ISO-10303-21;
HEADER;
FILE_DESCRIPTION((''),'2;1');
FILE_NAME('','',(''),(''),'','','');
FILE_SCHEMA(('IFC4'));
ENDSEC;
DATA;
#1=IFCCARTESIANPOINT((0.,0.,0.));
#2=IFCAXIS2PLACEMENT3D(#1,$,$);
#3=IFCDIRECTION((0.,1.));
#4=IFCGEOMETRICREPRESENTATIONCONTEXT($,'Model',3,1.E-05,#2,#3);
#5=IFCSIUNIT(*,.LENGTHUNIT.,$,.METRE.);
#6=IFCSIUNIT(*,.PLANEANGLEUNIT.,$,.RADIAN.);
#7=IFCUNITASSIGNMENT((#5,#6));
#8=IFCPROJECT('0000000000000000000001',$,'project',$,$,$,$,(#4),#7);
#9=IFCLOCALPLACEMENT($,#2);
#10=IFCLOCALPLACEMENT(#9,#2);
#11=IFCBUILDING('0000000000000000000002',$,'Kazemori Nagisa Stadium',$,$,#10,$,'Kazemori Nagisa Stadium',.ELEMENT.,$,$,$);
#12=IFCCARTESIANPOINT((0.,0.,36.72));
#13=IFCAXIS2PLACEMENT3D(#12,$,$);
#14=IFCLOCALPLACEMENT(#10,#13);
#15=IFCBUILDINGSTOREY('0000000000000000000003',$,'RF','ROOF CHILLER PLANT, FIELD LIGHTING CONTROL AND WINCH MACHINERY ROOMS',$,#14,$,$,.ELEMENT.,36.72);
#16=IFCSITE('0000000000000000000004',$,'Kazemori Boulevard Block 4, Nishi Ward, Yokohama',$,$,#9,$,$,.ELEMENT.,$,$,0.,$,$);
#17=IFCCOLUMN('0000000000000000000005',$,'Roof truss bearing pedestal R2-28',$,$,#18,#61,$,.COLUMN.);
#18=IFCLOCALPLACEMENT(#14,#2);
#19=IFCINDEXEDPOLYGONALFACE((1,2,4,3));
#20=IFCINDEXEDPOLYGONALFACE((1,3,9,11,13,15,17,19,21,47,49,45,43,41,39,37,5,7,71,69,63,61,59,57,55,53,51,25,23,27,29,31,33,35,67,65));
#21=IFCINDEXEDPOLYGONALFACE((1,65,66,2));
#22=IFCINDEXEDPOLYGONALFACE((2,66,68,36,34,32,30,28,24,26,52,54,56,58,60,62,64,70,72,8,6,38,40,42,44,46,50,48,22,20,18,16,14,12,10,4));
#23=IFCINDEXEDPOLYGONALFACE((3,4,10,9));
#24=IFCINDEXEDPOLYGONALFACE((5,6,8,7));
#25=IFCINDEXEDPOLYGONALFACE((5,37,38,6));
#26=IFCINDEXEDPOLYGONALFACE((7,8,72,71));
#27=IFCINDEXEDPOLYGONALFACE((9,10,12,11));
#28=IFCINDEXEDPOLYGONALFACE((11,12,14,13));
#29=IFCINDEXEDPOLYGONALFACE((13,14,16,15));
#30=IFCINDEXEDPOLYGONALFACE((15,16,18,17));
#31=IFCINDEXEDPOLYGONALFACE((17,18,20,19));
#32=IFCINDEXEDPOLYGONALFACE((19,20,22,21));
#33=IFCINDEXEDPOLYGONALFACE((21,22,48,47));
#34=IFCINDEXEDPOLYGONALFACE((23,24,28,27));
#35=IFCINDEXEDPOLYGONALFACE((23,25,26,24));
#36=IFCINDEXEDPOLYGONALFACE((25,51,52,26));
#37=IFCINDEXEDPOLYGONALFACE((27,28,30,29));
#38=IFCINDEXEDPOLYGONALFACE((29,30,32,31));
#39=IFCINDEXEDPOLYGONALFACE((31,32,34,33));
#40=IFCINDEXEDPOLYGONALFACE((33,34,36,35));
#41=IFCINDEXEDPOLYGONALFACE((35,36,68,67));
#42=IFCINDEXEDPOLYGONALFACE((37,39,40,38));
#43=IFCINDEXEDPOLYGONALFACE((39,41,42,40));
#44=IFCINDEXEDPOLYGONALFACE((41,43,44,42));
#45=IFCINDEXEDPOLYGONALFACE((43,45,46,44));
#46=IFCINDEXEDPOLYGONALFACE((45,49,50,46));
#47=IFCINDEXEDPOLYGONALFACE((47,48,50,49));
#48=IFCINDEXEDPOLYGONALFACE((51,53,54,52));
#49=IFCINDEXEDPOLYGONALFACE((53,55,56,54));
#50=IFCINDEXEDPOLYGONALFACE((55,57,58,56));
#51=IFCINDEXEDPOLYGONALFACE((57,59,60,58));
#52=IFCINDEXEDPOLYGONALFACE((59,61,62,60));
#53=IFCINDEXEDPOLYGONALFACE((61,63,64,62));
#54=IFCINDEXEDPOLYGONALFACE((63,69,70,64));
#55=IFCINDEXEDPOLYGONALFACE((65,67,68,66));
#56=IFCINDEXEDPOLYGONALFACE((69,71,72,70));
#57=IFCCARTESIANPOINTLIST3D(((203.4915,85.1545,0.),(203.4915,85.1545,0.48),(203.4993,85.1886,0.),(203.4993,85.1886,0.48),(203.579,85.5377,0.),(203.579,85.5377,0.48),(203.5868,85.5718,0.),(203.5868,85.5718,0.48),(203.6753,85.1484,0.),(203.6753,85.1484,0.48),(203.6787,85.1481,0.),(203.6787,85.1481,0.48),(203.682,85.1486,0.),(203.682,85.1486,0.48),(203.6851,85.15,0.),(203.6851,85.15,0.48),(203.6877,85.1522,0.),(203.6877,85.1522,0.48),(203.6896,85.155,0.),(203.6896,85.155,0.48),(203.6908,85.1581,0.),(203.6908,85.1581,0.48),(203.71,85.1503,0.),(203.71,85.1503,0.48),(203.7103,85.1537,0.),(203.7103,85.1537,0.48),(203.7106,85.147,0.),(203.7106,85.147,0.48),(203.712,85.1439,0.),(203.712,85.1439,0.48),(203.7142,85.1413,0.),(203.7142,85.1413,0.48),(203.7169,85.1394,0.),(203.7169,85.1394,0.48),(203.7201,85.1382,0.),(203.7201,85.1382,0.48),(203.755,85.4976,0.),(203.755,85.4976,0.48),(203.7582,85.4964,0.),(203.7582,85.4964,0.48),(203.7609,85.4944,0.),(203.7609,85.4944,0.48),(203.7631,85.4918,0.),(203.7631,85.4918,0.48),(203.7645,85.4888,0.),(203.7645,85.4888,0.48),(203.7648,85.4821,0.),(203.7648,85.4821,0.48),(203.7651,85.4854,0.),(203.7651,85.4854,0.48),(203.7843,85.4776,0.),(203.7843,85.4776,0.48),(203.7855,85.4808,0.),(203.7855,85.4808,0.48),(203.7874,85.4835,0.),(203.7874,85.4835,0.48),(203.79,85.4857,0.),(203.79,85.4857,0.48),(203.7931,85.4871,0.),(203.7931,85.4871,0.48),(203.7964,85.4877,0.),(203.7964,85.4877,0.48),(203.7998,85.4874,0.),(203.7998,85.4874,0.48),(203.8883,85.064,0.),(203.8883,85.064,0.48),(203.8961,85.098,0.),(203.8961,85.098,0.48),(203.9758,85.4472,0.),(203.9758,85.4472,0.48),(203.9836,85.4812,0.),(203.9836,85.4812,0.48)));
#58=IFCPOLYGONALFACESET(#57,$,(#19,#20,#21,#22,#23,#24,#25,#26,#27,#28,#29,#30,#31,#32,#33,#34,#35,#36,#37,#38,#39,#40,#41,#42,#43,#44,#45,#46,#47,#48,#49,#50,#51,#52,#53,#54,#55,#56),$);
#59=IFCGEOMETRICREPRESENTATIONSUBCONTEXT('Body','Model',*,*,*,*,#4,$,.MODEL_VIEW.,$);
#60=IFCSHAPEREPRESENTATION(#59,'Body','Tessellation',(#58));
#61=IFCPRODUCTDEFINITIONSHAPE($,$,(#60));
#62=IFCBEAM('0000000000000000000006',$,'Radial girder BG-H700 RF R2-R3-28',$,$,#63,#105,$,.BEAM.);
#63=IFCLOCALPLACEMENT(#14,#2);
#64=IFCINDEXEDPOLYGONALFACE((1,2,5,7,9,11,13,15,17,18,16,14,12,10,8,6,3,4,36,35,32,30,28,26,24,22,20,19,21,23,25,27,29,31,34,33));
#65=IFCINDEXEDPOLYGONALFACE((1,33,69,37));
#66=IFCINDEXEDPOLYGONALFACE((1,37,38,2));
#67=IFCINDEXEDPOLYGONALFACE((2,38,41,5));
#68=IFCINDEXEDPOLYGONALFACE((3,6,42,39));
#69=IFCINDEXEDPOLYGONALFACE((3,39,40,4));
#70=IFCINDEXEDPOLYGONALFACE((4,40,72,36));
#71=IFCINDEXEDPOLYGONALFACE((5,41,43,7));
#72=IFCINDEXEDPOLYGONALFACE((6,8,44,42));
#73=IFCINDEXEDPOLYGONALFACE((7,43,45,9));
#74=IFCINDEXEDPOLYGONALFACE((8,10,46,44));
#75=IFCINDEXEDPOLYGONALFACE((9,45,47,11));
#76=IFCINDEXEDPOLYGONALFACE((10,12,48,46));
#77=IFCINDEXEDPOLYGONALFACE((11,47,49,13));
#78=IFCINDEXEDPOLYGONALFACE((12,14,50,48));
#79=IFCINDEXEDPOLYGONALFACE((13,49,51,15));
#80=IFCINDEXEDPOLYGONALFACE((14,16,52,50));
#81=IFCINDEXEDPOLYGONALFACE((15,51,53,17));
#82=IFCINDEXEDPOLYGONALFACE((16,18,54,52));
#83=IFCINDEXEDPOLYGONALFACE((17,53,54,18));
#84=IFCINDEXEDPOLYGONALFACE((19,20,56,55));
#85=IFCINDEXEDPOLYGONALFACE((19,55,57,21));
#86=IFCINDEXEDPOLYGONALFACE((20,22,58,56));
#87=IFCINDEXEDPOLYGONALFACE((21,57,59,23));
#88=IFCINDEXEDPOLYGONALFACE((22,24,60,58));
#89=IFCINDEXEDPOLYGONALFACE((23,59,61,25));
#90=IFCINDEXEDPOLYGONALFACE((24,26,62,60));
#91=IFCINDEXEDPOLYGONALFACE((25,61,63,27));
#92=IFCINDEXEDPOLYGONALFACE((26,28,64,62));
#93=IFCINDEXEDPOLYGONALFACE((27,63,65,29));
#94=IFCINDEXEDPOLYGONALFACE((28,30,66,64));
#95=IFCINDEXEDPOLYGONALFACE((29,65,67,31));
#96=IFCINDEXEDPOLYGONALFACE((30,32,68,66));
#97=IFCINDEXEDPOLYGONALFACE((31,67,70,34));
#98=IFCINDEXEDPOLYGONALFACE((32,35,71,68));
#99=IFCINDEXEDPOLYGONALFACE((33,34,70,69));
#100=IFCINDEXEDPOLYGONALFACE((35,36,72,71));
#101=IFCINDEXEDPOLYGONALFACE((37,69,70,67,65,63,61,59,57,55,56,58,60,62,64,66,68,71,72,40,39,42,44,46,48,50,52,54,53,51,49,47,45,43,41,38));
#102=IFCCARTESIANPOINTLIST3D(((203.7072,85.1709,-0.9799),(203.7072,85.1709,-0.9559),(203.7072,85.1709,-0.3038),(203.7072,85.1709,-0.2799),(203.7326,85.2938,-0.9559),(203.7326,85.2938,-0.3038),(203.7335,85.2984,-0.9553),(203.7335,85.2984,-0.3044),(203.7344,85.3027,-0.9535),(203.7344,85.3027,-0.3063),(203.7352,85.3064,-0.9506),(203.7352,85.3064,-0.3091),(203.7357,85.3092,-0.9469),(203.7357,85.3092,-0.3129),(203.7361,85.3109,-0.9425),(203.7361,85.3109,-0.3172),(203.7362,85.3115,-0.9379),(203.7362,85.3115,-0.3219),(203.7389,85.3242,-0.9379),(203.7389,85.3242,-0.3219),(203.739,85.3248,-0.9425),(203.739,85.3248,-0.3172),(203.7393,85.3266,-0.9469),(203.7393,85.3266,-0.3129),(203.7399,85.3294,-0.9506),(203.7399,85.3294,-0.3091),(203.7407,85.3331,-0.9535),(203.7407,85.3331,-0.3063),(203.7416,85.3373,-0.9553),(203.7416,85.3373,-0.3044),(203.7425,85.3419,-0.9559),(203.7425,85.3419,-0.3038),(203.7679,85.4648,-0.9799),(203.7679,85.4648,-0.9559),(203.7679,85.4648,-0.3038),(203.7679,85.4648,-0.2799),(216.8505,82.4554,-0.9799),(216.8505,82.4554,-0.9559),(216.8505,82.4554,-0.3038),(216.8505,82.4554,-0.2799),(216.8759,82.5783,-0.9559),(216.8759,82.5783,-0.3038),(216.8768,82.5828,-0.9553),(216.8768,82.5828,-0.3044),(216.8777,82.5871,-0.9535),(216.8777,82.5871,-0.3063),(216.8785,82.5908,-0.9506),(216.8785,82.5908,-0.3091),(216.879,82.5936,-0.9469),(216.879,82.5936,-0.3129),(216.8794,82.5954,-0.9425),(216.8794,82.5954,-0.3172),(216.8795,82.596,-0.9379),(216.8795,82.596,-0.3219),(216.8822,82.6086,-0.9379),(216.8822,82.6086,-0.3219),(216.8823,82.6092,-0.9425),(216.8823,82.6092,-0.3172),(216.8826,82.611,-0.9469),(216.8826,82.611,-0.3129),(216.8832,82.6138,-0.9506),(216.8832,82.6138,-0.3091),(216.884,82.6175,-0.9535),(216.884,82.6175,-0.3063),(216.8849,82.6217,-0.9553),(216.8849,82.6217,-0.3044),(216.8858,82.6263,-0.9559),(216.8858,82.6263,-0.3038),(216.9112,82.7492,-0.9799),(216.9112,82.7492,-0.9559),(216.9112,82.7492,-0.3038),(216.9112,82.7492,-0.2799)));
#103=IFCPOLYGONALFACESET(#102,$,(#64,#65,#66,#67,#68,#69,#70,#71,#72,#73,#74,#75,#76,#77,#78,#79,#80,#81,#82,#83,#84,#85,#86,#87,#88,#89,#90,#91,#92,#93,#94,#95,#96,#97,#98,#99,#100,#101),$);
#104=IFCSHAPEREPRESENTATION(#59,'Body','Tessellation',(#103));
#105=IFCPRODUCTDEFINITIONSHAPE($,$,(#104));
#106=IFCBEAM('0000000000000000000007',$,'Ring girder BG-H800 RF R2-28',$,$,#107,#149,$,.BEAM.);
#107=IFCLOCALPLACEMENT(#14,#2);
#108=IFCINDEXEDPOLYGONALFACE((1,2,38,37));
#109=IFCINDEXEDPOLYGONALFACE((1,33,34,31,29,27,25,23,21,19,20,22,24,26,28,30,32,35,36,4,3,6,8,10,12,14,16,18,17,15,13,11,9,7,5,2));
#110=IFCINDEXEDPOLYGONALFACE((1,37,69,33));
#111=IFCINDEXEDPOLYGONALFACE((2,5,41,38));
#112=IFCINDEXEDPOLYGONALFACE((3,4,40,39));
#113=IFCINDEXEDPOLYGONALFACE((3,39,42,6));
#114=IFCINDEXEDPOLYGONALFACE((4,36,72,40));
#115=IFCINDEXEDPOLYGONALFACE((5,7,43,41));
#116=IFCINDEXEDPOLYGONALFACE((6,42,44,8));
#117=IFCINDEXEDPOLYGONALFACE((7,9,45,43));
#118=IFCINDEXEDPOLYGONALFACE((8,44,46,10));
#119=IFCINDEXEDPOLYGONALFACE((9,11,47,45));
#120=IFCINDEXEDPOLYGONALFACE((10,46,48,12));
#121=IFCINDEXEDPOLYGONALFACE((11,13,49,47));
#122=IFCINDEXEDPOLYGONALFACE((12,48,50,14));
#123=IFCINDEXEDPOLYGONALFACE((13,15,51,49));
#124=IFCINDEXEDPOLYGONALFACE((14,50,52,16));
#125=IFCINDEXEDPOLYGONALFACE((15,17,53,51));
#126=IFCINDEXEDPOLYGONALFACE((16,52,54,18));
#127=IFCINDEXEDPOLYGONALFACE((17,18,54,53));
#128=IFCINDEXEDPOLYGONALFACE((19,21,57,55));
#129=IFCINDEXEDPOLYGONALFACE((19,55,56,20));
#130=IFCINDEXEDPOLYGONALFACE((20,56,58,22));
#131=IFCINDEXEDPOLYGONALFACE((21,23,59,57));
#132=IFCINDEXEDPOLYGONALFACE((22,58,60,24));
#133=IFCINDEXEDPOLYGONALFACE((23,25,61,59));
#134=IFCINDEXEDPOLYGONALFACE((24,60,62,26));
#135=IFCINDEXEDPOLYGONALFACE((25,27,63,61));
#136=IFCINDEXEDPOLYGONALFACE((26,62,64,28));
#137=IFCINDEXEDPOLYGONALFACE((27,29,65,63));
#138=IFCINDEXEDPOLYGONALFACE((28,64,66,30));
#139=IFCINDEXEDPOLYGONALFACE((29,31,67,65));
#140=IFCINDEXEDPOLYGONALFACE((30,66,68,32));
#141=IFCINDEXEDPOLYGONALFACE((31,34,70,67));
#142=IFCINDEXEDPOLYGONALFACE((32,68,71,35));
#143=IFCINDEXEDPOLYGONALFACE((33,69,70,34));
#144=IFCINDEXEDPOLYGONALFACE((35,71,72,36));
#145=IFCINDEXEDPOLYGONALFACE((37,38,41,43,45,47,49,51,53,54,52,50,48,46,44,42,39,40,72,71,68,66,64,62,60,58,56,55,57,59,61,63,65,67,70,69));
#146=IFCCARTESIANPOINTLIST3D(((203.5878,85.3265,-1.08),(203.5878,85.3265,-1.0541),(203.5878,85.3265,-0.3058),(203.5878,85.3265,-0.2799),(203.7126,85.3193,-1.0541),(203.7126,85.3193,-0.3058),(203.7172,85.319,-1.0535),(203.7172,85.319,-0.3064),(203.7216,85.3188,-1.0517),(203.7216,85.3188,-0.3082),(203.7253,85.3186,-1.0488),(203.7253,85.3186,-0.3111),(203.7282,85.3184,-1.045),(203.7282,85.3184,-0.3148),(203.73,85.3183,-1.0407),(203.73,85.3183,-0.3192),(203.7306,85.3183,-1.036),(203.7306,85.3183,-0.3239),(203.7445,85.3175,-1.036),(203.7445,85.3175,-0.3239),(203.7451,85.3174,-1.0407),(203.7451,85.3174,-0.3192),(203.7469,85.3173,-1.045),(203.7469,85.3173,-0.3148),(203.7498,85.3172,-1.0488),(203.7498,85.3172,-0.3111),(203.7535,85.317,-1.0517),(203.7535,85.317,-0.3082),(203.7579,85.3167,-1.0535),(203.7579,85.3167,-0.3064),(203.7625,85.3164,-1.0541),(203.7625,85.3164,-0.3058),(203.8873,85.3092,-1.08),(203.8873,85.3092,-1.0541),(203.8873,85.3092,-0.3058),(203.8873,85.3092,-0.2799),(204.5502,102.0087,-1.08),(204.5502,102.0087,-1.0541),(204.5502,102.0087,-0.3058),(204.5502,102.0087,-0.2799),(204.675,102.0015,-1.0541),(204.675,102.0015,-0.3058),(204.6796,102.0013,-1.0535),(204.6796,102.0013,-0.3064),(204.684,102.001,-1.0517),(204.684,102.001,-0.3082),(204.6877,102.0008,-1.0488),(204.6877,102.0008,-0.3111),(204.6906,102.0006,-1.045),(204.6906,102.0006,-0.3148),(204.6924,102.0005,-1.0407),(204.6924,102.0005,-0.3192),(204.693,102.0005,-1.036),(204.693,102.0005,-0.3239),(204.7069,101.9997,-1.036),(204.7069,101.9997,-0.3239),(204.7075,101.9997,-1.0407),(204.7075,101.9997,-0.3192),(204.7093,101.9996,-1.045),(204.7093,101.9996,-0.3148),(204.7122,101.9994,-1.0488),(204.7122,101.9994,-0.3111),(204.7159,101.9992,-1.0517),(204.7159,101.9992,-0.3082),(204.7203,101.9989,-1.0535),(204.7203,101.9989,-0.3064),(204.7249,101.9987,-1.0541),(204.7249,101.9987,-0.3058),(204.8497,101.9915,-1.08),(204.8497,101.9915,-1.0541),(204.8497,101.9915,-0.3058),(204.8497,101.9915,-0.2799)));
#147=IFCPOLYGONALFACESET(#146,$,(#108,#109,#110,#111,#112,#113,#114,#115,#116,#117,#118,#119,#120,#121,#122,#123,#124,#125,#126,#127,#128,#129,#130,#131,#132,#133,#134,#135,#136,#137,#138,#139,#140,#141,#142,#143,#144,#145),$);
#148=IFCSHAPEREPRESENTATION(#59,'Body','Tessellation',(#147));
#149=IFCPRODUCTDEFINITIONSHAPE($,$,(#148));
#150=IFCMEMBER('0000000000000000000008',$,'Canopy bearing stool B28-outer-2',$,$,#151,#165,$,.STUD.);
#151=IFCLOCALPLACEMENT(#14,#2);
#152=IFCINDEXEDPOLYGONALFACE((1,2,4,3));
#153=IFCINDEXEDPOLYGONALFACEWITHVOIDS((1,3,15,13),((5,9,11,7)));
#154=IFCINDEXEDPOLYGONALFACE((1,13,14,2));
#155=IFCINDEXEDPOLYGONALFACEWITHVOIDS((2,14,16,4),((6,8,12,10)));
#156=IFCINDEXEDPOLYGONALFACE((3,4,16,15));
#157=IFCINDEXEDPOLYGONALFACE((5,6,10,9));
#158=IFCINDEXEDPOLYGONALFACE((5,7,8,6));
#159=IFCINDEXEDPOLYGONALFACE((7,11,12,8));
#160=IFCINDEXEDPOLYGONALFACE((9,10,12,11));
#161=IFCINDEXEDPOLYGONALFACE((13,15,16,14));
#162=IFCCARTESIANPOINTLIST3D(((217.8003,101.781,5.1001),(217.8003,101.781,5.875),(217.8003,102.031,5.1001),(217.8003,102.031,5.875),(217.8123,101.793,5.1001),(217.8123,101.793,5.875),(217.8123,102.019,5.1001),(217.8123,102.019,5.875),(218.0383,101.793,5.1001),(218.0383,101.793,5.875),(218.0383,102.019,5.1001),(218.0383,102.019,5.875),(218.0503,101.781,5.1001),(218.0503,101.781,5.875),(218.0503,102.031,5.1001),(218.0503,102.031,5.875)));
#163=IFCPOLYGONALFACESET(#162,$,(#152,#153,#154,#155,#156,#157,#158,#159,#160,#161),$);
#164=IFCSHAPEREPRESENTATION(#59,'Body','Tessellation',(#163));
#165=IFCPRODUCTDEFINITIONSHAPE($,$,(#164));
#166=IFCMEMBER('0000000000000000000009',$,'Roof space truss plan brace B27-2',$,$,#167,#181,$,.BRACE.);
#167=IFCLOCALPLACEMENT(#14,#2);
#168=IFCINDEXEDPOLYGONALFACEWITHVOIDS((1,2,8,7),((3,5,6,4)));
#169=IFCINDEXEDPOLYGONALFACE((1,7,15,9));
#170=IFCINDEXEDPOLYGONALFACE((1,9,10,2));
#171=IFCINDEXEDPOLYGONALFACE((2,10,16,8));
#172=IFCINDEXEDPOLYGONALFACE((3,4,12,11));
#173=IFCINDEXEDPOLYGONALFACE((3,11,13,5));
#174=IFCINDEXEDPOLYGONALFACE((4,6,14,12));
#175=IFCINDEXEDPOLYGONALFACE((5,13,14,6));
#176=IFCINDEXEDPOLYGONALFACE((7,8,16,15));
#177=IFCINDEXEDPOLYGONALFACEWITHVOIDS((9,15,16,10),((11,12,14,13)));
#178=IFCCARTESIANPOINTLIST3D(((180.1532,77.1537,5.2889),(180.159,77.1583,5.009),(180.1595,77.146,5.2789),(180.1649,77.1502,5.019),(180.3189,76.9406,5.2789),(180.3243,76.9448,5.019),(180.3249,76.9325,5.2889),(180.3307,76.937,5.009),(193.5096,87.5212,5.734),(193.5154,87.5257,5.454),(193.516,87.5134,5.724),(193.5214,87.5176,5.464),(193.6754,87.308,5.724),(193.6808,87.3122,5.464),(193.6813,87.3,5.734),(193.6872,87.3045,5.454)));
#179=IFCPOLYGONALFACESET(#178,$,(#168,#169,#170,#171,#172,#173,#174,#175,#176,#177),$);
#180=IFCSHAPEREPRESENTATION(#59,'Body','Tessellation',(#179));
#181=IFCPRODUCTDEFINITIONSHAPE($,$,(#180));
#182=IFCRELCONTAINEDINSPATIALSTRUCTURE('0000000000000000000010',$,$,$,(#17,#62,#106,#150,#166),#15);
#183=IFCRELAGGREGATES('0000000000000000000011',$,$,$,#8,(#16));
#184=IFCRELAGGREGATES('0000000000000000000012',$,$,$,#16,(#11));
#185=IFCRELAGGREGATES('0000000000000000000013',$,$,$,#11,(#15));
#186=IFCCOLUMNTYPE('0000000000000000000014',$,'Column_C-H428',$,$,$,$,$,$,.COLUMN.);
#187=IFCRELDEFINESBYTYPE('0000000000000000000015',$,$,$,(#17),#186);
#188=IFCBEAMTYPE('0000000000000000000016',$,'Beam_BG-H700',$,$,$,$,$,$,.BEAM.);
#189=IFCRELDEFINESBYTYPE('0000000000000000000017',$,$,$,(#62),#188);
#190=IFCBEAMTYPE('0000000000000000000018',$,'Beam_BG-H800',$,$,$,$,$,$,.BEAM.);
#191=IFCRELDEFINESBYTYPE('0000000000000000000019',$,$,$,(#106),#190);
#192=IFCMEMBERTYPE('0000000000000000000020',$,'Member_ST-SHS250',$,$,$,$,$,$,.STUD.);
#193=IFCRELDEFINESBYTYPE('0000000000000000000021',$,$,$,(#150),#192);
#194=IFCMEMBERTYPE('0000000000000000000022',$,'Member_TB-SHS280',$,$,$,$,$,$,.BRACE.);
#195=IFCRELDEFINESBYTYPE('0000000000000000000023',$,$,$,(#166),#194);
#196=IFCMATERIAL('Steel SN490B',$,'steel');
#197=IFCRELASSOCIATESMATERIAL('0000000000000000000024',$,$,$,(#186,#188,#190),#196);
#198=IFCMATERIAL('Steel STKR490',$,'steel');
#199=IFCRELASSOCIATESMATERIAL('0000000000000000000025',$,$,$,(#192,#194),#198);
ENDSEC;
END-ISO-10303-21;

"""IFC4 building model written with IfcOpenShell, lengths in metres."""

from ifc_helpers import new_model, si_unit, direction, frame, origin, origin_2d, place, context, subcontext, project, spatial, hollow_rectangle, i_section, extrude, material, material_profile, profile_set, type_object, element, save


model = new_model("IFC4")

# Units and contexts
model_context = context("Model", 3, precision=1e-05, world=origin(), true_north=direction((0.0, 1.0)))
body_context = subcontext(model_context, "Body", "Model", "MODEL_VIEW")
ifc_project = project(units=[si_unit("LENGTHUNIT", "METRE"), si_unit("PLANEANGLEUNIT", "RADIAN")], contexts=[model_context])

# Site, building, storey
site_placement = place(None, origin())
site = spatial("IfcSite", under=ifc_project, at=site_placement, Name="Kazemori Boulevard Block 4, Nishi Ward, Yokohama", CompositionType="ELEMENT", RefElevation=0.0)
building_placement = place(site_placement, origin())
building = spatial("IfcBuilding", under=site, at=building_placement, Name="Kazemori Nagisa Stadium", LongName="Kazemori Nagisa Stadium", CompositionType="ELEMENT")
storey_placement = place(building_placement, frame((0.0, 0.0, 36.72)))
storey = spatial("IfcBuildingStorey", under=building, at=storey_placement, Name="RF", Description="ROOF CHILLER PLANT, FIELD LIGHTING CONTROL AND WINCH MACHINERY ROOMS", CompositionType="ELEMENT", Elevation=36.72)

# Column
ifc_material_1 = material(Name="Steel SN490B", Category="steel")
ifc_material_profile_1 = material_profile(ifc_material_1, i_section(OverallWidth=0.407, OverallDepth=0.428, WebThickness=0.02, FlangeThickness=0.0349, FilletRadius=0.0129, at=origin_2d()), Name="H-428x407x20x35")
ifc_profile_set_1 = profile_set([ifc_material_profile_1], Name="Steel SN490B")
column_type = type_object("IfcColumnType", Name="Column_C-H428", PredefinedType="COLUMN", material=ifc_profile_set_1)
column_placement = place(storey_placement, frame((203.7375, 85.3179, 0.0), z_axis=(0.0, 0.0, 1.0), x_axis=(0.974928, -0.222521, 0.0)))
element("IfcColumn", 1, at=column_placement, inside=storey, type_object=column_type, Name="Roof truss bearing pedestal R2-28", PredefinedType="COLUMN", context=body_context, shape_type="SweptSolid", body=[
    extrude(i_section(OverallWidth=0.407, OverallDepth=0.428, WebThickness=0.02, FlangeThickness=0.0349, FilletRadius=0.0129, at=origin_2d()), origin(), (0.0, 0.0, 1.0), 0.48),
])

# Beams
ifc_material_profile_2 = material_profile(ifc_material_1, i_section(OverallWidth=0.3, OverallDepth=0.7, WebThickness=0.0129, FlangeThickness=0.0239, FilletRadius=0.0181, at=origin_2d()), Name="H-700x300x13x24")
ifc_profile_set_2 = profile_set([ifc_material_profile_2], Name="Steel SN490B")
beam_type_1 = type_object("IfcBeamType", Name="Beam_BG-H700", PredefinedType="BEAM", material=ifc_profile_set_2)
beam_1_placement = place(storey_placement, frame((203.7375, 85.3179, -0.6299), z_axis=(0.979316, -0.202339, 0.0), x_axis=(0.202339, 0.979316, 0.0)))
element("IfcBeam", 2, at=beam_1_placement, inside=storey, type_object=beam_type_1, Name="Radial girder BG-H700 RF R2-R3-28", PredefinedType="BEAM", context=body_context, shape_type="SweptSolid", body=[
    extrude(i_section(OverallWidth=0.3, OverallDepth=0.7, WebThickness=0.0129, FlangeThickness=0.0239, FilletRadius=0.0181, at=origin_2d()), origin(), (0.0, 0.0, 1.0), 13.4209),
])
ifc_material_profile_3 = material_profile(ifc_material_1, i_section(OverallWidth=0.3, OverallDepth=0.8, WebThickness=0.0139, FlangeThickness=0.0259, FilletRadius=0.0181, at=origin_2d()), Name="H-800x300x14x26")
ifc_profile_set_3 = profile_set([ifc_material_profile_3], Name="Steel SN490B")
beam_type_2 = type_object("IfcBeamType", Name="Beam_BG-H800", PredefinedType="BEAM", material=ifc_profile_set_3)
beam_2_placement = place(storey_placement, frame((203.7375, 85.3179, -0.6799), z_axis=(0.057595, 0.99834, 0.0), x_axis=(-0.99834, 0.057595, 0.0)))
element("IfcBeam", 3, at=beam_2_placement, inside=storey, type_object=beam_type_2, Name="Ring girder BG-H800 RF R2-28", PredefinedType="BEAM", context=body_context, shape_type="SweptSolid", body=[
    extrude(i_section(OverallWidth=0.3, OverallDepth=0.8, WebThickness=0.0139, FlangeThickness=0.0259, FilletRadius=0.0181, at=origin_2d()), origin(), (0.0, 0.0, 1.0), 16.71),
])

# Members
ifc_material_2 = material(Name="Steel STKR490", Category="steel")
ifc_material_profile_4 = material_profile(ifc_material_2, hollow_rectangle(XDim=0.25, YDim=0.25, WallThickness=0.012, at=origin_2d()), Name="SHS-250x250x12")
ifc_profile_set_4 = profile_set([ifc_material_profile_4], Name="Steel STKR490")
member_type_1 = type_object("IfcMemberType", Name="Member_ST-SHS250", PredefinedType="STUD", material=ifc_profile_set_4)
member_1_placement = place(storey_placement, frame((217.9253, 101.906, 5.1001), z_axis=(0.0, 0.0, 1.0), x_axis=(1.0, 0.0, 0.0)))
element("IfcMember", 4, at=member_1_placement, inside=storey, type_object=member_type_1, Name="Canopy bearing stool B28-outer-2", PredefinedType="STUD", context=body_context, shape_type="SweptSolid", body=[
    extrude(hollow_rectangle(XDim=0.25, YDim=0.25, WallThickness=0.012, at=origin_2d()), origin(), (0.0, 0.0, 1.0), 0.7749),
])
ifc_material_profile_5 = material_profile(ifc_material_2, hollow_rectangle(XDim=0.28, YDim=0.28, WallThickness=0.01, at=origin_2d()), Name="SHS-280x280x10")
ifc_profile_set_5 = profile_set([ifc_material_profile_5], Name="Steel STKR490")
member_type_2 = type_object("IfcMemberType", Name="Member_TB-SHS280", PredefinedType="BRACE", material=ifc_profile_set_5)
member_2_placement = place(storey_placement, frame((193.5984, 87.4128, 5.594), z_axis=(-0.789678, -0.612957, -0.026314), x_axis=(0.61317, -0.789951, 0.0)))
element("IfcMember", 5, at=member_2_placement, inside=storey, type_object=member_type_2, Name="Roof space truss plan brace B27-2", PredefinedType="BRACE", context=body_context, shape_type="SweptSolid", body=[
    extrude(hollow_rectangle(XDim=0.28, YDim=0.28, WallThickness=0.01, at=origin_2d()), origin(), (0.0, 0.0, 1.0), 16.9138),
])

save(model, "model.ifc")
